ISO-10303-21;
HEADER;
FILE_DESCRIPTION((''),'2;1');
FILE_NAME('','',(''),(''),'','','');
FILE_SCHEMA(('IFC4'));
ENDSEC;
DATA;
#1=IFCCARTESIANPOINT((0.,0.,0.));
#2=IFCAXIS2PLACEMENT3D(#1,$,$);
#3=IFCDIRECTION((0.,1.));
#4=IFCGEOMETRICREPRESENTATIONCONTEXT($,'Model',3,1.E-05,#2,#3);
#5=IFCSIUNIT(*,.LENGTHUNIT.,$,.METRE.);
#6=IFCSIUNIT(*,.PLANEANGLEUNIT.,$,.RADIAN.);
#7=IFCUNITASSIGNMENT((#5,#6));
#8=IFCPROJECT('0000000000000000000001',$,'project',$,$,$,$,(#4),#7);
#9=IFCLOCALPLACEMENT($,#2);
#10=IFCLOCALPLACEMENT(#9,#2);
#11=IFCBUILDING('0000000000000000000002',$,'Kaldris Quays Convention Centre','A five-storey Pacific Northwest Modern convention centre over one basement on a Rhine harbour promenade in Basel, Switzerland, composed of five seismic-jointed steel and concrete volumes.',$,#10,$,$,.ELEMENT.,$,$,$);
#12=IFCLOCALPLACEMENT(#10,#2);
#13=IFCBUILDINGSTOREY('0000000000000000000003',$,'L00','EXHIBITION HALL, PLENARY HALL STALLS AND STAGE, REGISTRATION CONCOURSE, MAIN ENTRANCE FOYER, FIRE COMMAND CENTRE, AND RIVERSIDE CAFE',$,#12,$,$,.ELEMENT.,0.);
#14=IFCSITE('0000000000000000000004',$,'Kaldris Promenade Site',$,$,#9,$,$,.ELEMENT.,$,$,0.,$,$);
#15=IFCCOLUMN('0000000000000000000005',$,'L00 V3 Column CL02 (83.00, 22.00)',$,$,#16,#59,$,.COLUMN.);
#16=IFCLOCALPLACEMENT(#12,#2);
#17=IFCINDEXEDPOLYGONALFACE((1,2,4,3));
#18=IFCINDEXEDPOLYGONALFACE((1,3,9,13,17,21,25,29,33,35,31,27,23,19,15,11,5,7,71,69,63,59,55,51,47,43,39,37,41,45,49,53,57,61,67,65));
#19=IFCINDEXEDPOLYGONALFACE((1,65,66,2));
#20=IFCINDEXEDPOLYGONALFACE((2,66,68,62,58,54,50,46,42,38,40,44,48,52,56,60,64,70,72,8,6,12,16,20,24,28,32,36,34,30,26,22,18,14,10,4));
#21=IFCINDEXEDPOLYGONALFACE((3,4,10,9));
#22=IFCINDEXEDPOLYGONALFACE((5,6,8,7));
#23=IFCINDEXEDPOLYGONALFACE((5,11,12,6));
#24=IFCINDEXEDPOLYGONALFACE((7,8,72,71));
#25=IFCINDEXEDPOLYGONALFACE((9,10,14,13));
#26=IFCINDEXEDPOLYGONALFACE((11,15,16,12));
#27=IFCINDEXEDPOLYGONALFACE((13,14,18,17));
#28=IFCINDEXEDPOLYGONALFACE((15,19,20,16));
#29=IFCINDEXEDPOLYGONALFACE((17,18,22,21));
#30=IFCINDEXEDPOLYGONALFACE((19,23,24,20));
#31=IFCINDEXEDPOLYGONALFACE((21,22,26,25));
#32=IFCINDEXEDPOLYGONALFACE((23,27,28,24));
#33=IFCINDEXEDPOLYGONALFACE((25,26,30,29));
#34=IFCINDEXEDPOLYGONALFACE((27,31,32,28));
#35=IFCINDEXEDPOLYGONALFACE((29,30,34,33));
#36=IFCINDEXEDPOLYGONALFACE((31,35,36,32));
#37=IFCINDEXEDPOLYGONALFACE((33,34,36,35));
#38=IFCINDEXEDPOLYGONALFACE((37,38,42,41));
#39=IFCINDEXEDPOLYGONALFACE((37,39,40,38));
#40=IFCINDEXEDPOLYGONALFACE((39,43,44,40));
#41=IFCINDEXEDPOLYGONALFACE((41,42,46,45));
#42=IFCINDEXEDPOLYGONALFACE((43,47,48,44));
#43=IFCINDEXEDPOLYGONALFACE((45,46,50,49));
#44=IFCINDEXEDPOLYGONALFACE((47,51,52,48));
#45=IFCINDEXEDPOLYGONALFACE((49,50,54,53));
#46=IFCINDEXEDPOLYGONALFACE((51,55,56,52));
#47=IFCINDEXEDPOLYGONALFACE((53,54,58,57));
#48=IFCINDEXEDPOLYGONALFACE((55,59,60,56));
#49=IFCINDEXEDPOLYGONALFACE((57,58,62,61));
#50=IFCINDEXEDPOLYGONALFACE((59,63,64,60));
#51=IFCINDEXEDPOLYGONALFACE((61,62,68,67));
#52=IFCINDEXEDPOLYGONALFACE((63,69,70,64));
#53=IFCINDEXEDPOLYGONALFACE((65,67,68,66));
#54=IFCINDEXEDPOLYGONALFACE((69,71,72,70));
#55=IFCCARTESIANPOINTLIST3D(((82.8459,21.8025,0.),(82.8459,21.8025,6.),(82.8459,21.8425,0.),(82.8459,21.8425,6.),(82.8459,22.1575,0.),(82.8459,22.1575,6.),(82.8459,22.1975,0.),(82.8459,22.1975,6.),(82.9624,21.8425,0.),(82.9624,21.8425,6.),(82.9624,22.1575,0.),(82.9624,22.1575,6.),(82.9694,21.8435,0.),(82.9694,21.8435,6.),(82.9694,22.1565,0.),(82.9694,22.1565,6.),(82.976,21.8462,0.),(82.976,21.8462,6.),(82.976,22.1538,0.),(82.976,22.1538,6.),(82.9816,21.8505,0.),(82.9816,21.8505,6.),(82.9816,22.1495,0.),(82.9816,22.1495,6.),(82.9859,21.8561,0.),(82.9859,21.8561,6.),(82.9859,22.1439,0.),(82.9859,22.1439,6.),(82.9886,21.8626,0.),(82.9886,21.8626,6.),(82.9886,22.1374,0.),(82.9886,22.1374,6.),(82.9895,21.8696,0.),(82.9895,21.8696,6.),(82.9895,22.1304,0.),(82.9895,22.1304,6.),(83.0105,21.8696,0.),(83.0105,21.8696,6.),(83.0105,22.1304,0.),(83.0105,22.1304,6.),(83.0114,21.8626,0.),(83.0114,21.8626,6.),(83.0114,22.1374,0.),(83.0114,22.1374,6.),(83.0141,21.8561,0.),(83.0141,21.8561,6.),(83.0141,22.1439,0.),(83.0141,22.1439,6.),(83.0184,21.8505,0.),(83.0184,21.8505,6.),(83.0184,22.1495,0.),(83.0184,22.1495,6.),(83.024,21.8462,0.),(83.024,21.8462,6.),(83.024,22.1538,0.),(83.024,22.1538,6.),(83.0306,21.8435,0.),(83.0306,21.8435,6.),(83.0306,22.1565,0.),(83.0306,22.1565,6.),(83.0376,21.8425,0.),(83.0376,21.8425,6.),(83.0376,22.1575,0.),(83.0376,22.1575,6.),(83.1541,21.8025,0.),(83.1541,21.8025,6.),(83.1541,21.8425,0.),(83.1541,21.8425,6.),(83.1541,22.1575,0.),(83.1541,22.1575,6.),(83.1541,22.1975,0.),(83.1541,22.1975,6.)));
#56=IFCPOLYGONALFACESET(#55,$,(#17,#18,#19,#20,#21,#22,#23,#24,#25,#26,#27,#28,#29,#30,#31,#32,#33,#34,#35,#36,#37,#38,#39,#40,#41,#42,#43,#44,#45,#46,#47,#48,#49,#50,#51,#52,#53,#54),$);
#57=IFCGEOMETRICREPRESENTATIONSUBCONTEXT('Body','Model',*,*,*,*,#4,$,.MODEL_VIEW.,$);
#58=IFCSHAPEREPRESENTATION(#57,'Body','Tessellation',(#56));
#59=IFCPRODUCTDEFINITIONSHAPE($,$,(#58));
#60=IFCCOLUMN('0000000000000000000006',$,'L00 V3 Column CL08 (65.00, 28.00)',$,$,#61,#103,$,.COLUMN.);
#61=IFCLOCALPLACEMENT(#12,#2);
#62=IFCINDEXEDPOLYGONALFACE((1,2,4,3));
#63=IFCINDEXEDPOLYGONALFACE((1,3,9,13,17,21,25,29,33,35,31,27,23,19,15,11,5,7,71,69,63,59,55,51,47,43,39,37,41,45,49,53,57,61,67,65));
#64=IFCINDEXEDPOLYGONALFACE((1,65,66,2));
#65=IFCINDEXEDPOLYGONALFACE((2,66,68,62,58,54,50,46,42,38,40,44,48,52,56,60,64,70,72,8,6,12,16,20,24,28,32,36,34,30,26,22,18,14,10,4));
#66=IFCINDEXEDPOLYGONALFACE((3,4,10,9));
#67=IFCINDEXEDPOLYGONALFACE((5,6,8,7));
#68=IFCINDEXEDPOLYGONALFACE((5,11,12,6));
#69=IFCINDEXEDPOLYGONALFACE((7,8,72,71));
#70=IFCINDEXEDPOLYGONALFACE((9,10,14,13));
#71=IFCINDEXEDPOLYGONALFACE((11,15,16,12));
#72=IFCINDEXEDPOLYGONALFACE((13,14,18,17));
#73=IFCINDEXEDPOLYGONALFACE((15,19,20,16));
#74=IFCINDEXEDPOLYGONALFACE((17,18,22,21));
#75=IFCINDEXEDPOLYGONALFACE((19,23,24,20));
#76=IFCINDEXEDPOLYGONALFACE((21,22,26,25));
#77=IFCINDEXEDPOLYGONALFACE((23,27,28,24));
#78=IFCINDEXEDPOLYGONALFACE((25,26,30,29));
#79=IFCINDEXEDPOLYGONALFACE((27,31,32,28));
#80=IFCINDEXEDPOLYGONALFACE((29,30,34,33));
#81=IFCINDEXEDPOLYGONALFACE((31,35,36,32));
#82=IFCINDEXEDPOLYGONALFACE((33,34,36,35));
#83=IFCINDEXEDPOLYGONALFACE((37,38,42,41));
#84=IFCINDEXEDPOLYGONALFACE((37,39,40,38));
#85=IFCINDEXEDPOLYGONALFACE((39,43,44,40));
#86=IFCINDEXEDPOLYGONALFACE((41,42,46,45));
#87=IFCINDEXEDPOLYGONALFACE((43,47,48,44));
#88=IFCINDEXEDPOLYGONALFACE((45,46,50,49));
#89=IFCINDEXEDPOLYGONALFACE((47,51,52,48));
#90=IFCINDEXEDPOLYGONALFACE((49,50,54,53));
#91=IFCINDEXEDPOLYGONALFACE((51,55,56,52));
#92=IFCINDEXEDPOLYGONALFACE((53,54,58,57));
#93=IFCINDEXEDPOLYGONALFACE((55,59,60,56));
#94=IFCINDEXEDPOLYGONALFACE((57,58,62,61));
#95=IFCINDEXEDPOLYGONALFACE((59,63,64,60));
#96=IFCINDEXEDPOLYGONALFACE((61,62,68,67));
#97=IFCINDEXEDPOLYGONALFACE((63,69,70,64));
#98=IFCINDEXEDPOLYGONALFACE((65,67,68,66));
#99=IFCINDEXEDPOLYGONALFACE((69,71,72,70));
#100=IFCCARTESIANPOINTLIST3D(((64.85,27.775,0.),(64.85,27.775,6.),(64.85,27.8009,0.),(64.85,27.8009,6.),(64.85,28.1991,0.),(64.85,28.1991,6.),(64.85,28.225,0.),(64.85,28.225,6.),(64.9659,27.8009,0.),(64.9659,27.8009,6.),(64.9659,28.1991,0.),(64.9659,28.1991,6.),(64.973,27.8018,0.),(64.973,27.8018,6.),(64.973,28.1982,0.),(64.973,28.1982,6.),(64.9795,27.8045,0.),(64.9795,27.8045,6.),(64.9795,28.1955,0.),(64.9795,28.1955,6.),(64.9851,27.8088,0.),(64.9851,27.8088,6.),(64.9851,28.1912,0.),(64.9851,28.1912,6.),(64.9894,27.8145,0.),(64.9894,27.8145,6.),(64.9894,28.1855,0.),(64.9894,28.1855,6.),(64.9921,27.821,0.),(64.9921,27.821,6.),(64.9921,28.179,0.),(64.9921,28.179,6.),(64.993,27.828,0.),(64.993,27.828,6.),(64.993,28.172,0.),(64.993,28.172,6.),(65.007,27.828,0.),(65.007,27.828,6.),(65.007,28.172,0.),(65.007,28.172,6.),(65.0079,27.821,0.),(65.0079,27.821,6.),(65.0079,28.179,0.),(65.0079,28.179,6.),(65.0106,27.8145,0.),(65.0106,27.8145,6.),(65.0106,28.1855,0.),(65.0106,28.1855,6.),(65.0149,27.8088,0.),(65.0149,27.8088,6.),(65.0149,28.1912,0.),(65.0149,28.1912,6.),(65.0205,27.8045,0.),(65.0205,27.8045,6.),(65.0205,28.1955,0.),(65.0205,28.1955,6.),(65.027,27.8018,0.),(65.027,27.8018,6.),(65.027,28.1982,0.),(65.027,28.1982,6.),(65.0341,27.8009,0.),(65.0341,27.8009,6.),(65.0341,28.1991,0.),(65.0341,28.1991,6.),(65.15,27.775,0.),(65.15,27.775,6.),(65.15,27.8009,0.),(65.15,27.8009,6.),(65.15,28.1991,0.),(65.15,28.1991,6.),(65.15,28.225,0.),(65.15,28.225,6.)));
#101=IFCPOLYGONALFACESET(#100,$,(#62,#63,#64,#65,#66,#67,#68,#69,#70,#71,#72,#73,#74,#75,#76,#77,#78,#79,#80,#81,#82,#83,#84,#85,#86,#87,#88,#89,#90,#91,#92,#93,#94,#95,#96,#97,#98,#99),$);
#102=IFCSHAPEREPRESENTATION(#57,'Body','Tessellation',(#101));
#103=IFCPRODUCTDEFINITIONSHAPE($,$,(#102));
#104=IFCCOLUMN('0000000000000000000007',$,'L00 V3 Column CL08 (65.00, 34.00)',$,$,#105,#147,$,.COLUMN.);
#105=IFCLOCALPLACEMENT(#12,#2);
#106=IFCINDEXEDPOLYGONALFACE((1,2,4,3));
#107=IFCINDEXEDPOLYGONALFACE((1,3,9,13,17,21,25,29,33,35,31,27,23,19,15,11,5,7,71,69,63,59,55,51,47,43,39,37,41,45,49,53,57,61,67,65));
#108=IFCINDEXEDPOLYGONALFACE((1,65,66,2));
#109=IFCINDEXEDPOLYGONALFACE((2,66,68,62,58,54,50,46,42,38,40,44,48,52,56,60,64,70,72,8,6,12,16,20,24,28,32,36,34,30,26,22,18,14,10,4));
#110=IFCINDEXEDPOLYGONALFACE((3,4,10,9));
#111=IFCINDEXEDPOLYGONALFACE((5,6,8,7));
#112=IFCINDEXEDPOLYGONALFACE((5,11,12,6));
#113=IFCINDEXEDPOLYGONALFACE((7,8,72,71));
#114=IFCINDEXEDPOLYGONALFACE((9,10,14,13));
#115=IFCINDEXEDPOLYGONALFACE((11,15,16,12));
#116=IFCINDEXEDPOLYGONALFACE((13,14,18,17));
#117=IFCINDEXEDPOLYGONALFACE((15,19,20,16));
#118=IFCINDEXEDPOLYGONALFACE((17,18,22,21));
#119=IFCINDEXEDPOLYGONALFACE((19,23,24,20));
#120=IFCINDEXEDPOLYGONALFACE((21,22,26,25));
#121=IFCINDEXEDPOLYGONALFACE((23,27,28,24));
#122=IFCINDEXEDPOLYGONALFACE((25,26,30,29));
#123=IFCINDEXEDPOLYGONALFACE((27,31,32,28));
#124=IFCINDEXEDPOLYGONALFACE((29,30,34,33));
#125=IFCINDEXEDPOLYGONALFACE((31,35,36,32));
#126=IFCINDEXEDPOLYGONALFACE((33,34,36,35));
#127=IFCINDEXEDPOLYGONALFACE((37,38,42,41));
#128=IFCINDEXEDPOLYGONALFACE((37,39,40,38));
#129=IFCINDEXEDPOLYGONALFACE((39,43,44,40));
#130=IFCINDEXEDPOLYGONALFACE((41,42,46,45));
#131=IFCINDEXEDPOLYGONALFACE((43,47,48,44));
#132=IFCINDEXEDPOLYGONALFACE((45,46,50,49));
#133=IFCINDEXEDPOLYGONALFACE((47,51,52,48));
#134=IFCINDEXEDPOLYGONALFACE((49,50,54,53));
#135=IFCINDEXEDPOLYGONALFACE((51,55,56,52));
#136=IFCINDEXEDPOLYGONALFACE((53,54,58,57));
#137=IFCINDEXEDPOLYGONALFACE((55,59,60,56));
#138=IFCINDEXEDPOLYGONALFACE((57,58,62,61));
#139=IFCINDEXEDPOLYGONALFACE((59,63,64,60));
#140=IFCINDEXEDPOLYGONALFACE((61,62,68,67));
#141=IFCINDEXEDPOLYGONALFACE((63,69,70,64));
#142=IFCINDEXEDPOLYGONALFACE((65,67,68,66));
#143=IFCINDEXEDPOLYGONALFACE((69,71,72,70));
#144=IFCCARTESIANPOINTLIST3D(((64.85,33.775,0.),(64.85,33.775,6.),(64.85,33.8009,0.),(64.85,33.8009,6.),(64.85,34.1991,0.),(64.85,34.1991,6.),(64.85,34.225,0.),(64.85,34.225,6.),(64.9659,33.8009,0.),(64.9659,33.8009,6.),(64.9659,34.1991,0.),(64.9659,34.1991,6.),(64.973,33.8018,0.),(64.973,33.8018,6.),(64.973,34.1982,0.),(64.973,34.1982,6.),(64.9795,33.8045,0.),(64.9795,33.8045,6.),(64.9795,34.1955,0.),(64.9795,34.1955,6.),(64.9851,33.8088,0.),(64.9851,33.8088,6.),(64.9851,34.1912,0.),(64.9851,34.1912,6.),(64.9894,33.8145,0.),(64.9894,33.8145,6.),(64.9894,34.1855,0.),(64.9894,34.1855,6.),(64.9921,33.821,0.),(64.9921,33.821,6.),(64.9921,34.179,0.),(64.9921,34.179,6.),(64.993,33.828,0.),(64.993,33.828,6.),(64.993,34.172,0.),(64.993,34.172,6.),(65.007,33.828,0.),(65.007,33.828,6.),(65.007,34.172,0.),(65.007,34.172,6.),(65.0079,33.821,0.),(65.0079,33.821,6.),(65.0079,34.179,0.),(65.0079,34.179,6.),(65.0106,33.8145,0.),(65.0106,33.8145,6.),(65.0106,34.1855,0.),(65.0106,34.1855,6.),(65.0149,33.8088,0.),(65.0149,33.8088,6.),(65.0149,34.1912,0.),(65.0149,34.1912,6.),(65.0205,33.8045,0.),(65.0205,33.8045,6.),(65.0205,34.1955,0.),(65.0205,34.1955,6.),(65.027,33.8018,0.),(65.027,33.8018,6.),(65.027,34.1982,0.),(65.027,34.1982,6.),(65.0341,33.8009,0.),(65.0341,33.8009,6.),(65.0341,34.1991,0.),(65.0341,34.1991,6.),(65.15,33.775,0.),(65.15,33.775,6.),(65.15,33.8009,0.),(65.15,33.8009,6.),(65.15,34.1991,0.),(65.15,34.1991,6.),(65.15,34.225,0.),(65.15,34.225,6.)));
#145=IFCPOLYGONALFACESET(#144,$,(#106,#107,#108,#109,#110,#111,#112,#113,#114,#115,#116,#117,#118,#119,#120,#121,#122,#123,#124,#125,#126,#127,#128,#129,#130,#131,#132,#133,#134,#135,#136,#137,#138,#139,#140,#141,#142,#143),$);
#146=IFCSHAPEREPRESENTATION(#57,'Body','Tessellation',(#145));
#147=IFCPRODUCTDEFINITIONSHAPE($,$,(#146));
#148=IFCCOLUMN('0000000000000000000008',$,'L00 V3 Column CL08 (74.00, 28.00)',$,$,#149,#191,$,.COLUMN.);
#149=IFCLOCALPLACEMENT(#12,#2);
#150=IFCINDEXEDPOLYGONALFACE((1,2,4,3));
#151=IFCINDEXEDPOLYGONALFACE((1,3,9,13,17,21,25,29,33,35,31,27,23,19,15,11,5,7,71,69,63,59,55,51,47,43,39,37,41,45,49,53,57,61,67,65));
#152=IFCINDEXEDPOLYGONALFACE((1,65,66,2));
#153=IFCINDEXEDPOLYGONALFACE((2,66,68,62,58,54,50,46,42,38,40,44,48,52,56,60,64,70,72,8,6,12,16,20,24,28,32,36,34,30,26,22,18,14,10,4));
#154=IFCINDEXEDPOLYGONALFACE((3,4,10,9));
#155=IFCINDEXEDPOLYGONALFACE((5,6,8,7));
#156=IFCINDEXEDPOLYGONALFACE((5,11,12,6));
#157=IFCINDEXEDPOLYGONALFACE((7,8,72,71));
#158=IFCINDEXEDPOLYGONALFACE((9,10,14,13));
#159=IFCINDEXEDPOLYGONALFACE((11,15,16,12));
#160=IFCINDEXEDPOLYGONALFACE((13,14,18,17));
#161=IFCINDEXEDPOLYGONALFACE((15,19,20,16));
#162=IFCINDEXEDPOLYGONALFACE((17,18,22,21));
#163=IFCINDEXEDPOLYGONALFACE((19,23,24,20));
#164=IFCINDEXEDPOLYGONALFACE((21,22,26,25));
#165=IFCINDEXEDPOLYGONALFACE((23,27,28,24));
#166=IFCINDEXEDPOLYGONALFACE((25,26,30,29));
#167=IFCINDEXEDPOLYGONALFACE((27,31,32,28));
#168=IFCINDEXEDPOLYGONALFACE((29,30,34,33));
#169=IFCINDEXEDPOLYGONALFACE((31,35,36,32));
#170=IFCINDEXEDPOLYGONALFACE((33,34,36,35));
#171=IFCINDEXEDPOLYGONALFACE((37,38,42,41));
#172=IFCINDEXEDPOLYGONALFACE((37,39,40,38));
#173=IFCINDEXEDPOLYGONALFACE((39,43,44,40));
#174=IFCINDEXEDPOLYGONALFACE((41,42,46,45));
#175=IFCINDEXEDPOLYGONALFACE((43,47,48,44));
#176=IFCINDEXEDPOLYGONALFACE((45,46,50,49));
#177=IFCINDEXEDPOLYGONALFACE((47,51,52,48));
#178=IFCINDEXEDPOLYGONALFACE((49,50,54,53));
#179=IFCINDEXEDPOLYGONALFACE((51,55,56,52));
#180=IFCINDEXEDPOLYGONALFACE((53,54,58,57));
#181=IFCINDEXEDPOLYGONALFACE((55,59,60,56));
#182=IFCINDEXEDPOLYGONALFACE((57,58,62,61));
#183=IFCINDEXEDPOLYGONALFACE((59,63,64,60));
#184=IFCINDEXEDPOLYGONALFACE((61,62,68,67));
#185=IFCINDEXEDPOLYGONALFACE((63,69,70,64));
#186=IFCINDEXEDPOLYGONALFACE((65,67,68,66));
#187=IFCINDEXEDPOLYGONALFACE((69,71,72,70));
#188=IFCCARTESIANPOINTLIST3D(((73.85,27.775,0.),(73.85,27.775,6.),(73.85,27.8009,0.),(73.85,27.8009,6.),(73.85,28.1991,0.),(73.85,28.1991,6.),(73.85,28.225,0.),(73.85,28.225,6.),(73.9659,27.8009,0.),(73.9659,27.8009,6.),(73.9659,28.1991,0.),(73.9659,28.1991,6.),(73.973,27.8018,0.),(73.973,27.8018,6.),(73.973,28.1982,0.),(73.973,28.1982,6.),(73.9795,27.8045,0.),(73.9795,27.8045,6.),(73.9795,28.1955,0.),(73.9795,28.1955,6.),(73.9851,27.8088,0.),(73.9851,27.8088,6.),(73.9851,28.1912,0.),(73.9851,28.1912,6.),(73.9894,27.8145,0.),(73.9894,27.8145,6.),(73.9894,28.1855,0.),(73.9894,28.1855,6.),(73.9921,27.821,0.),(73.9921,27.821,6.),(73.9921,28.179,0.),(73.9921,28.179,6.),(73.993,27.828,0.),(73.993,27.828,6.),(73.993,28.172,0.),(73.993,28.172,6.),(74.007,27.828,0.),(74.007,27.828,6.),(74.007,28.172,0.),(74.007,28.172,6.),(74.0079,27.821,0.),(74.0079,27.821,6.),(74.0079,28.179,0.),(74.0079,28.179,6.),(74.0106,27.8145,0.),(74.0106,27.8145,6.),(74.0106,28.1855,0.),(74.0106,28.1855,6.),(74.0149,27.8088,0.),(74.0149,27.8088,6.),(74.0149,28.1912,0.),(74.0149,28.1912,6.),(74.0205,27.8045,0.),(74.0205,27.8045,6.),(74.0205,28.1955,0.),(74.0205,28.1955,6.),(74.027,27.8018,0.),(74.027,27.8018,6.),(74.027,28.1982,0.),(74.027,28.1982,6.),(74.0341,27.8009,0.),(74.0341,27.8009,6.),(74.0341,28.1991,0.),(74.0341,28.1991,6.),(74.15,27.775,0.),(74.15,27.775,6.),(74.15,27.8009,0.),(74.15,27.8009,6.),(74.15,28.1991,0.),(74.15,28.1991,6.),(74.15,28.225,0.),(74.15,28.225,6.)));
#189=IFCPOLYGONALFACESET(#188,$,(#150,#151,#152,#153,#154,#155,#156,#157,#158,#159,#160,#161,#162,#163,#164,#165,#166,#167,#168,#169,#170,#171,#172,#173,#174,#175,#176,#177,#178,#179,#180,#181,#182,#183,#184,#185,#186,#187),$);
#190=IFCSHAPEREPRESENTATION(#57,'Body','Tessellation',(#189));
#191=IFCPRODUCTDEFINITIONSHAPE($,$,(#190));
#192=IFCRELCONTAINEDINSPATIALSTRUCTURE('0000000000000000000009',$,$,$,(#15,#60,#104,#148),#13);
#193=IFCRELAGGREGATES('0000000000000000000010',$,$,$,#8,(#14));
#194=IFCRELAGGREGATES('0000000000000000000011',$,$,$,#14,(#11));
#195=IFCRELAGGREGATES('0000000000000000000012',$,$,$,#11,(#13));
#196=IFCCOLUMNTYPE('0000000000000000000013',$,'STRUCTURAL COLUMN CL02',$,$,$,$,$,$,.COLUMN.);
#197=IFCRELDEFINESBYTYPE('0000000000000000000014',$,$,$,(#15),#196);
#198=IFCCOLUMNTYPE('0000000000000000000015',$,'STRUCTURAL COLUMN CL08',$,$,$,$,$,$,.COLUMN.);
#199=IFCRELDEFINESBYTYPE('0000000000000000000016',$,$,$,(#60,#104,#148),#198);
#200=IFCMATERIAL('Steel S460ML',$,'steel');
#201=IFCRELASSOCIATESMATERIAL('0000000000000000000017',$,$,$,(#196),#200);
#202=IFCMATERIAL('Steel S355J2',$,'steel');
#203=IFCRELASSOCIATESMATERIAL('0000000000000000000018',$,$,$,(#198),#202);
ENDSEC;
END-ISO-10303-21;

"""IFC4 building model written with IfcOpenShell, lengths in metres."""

from ifc_helpers import new_model, si_unit, direction, frame, origin, origin_2d, place, context, subcontext, project, spatial, i_section, extrude, material, material_profile, profile_set, type_object, element, save


model = new_model("IFC4")

# Units and contexts
model_context = context("Model", 3, precision=1e-05, world=origin(), true_north=direction((0.0, 1.0)))
body_context = subcontext(model_context, "Body", "Model", "MODEL_VIEW")
ifc_project = project(units=[si_unit("LENGTHUNIT", "METRE"), si_unit("PLANEANGLEUNIT", "RADIAN")], contexts=[model_context])

# Site, building, storey
site_placement = place(None, origin())
site = spatial("IfcSite", under=ifc_project, at=site_placement, Name="Kaldris Promenade Site", CompositionType="ELEMENT", RefElevation=0.0)
building_placement = place(site_placement, origin())
building = spatial("IfcBuilding", under=site, at=building_placement, Name="Kaldris Quays Convention Centre", Description="A five-storey Pacific Northwest Modern convention centre over one basement on a Rhine harbour promenade in Basel, Switzerland, composed of five seismic-jointed steel and concrete volumes.", CompositionType="ELEMENT")
storey_placement = place(building_placement, origin())
storey = spatial("IfcBuildingStorey", under=building, at=storey_placement, Name="L00", Description="EXHIBITION HALL, PLENARY HALL STALLS AND STAGE, REGISTRATION CONCOURSE, MAIN ENTRANCE FOYER, FIRE COMMAND CENTRE, AND RIVERSIDE CAFE", CompositionType="ELEMENT", Elevation=0.0)

# Columns
ifc_material_1 = material(Name="Steel S460ML", Category="steel")
ifc_material_profile_1 = material_profile(ifc_material_1, i_section(OverallWidth=0.3081, OverallDepth=0.395, WebThickness=0.021, FlangeThickness=0.04, FilletRadius=0.0271, at=origin_2d()), Name="HEM 360")
ifc_profile_set_1 = profile_set([ifc_material_profile_1], Name="Steel S460ML")
column_type_1 = type_object("IfcColumnType", Name="STRUCTURAL COLUMN CL02", PredefinedType="COLUMN", material=ifc_profile_set_1)
column_placement = place(storey_placement, frame((83.0, 22.0, 0.0), z_axis=(0.0, 0.0, 1.0), x_axis=(1.0, 0.0, 0.0)))
element("IfcColumn", 1, at=column_placement, inside=storey, type_object=column_type_1, Name="L00 V3 Column CL02 (83.00, 22.00)", PredefinedType="COLUMN", context=body_context, shape_type="SweptSolid", body=[
    extrude(i_section(OverallWidth=0.3081, OverallDepth=0.395, WebThickness=0.021, FlangeThickness=0.04, FilletRadius=0.0271, at=origin_2d()), origin(), (0.0, 0.0, 1.0), 6.0),
])
ifc_material_2 = material(Name="Steel S355J2", Category="steel")
ifc_material_profile_2 = material_profile(ifc_material_2, i_section(OverallWidth=0.3, OverallDepth=0.45, WebThickness=0.0139, FlangeThickness=0.0259, FilletRadius=0.0271, at=origin_2d()), Name="HEB 450")
ifc_profile_set_2 = profile_set([ifc_material_profile_2], Name="Steel S355J2")
column_type_2 = type_object("IfcColumnType", Name="STRUCTURAL COLUMN CL08", PredefinedType="COLUMN", material=ifc_profile_set_2)
for number, where, z_axis, x_axis, name in (
    (2, (65.0, 28.0, 0.0), (0.0, 0.0, 1.0), (1.0, 0.0, 0.0), "L00 V3 Column CL08 (65.00, 28.00)"),
    (3, (65.0, 34.0, 0.0), (0.0, 0.0, 1.0), (1.0, 0.0, 0.0), "L00 V3 Column CL08 (65.00, 34.00)"),
    (4, (74.0, 28.0, 0.0), (0.0, 0.0, 1.0), (1.0, 0.0, 0.0), "L00 V3 Column CL08 (74.00, 28.00)"),
):
    element("IfcColumn", number, at=place(storey_placement, frame(where, z_axis=z_axis, x_axis=x_axis)), inside=storey, type_object=column_type_2, Name=name, PredefinedType="COLUMN", context=body_context, shape_type="SweptSolid", body=[
        extrude(i_section(OverallWidth=0.3, OverallDepth=0.45, WebThickness=0.0139, FlangeThickness=0.0259, FilletRadius=0.0271, at=origin_2d()), origin(), (0.0, 0.0, 1.0), 6.0),
    ])

save(model, "model.ifc")
